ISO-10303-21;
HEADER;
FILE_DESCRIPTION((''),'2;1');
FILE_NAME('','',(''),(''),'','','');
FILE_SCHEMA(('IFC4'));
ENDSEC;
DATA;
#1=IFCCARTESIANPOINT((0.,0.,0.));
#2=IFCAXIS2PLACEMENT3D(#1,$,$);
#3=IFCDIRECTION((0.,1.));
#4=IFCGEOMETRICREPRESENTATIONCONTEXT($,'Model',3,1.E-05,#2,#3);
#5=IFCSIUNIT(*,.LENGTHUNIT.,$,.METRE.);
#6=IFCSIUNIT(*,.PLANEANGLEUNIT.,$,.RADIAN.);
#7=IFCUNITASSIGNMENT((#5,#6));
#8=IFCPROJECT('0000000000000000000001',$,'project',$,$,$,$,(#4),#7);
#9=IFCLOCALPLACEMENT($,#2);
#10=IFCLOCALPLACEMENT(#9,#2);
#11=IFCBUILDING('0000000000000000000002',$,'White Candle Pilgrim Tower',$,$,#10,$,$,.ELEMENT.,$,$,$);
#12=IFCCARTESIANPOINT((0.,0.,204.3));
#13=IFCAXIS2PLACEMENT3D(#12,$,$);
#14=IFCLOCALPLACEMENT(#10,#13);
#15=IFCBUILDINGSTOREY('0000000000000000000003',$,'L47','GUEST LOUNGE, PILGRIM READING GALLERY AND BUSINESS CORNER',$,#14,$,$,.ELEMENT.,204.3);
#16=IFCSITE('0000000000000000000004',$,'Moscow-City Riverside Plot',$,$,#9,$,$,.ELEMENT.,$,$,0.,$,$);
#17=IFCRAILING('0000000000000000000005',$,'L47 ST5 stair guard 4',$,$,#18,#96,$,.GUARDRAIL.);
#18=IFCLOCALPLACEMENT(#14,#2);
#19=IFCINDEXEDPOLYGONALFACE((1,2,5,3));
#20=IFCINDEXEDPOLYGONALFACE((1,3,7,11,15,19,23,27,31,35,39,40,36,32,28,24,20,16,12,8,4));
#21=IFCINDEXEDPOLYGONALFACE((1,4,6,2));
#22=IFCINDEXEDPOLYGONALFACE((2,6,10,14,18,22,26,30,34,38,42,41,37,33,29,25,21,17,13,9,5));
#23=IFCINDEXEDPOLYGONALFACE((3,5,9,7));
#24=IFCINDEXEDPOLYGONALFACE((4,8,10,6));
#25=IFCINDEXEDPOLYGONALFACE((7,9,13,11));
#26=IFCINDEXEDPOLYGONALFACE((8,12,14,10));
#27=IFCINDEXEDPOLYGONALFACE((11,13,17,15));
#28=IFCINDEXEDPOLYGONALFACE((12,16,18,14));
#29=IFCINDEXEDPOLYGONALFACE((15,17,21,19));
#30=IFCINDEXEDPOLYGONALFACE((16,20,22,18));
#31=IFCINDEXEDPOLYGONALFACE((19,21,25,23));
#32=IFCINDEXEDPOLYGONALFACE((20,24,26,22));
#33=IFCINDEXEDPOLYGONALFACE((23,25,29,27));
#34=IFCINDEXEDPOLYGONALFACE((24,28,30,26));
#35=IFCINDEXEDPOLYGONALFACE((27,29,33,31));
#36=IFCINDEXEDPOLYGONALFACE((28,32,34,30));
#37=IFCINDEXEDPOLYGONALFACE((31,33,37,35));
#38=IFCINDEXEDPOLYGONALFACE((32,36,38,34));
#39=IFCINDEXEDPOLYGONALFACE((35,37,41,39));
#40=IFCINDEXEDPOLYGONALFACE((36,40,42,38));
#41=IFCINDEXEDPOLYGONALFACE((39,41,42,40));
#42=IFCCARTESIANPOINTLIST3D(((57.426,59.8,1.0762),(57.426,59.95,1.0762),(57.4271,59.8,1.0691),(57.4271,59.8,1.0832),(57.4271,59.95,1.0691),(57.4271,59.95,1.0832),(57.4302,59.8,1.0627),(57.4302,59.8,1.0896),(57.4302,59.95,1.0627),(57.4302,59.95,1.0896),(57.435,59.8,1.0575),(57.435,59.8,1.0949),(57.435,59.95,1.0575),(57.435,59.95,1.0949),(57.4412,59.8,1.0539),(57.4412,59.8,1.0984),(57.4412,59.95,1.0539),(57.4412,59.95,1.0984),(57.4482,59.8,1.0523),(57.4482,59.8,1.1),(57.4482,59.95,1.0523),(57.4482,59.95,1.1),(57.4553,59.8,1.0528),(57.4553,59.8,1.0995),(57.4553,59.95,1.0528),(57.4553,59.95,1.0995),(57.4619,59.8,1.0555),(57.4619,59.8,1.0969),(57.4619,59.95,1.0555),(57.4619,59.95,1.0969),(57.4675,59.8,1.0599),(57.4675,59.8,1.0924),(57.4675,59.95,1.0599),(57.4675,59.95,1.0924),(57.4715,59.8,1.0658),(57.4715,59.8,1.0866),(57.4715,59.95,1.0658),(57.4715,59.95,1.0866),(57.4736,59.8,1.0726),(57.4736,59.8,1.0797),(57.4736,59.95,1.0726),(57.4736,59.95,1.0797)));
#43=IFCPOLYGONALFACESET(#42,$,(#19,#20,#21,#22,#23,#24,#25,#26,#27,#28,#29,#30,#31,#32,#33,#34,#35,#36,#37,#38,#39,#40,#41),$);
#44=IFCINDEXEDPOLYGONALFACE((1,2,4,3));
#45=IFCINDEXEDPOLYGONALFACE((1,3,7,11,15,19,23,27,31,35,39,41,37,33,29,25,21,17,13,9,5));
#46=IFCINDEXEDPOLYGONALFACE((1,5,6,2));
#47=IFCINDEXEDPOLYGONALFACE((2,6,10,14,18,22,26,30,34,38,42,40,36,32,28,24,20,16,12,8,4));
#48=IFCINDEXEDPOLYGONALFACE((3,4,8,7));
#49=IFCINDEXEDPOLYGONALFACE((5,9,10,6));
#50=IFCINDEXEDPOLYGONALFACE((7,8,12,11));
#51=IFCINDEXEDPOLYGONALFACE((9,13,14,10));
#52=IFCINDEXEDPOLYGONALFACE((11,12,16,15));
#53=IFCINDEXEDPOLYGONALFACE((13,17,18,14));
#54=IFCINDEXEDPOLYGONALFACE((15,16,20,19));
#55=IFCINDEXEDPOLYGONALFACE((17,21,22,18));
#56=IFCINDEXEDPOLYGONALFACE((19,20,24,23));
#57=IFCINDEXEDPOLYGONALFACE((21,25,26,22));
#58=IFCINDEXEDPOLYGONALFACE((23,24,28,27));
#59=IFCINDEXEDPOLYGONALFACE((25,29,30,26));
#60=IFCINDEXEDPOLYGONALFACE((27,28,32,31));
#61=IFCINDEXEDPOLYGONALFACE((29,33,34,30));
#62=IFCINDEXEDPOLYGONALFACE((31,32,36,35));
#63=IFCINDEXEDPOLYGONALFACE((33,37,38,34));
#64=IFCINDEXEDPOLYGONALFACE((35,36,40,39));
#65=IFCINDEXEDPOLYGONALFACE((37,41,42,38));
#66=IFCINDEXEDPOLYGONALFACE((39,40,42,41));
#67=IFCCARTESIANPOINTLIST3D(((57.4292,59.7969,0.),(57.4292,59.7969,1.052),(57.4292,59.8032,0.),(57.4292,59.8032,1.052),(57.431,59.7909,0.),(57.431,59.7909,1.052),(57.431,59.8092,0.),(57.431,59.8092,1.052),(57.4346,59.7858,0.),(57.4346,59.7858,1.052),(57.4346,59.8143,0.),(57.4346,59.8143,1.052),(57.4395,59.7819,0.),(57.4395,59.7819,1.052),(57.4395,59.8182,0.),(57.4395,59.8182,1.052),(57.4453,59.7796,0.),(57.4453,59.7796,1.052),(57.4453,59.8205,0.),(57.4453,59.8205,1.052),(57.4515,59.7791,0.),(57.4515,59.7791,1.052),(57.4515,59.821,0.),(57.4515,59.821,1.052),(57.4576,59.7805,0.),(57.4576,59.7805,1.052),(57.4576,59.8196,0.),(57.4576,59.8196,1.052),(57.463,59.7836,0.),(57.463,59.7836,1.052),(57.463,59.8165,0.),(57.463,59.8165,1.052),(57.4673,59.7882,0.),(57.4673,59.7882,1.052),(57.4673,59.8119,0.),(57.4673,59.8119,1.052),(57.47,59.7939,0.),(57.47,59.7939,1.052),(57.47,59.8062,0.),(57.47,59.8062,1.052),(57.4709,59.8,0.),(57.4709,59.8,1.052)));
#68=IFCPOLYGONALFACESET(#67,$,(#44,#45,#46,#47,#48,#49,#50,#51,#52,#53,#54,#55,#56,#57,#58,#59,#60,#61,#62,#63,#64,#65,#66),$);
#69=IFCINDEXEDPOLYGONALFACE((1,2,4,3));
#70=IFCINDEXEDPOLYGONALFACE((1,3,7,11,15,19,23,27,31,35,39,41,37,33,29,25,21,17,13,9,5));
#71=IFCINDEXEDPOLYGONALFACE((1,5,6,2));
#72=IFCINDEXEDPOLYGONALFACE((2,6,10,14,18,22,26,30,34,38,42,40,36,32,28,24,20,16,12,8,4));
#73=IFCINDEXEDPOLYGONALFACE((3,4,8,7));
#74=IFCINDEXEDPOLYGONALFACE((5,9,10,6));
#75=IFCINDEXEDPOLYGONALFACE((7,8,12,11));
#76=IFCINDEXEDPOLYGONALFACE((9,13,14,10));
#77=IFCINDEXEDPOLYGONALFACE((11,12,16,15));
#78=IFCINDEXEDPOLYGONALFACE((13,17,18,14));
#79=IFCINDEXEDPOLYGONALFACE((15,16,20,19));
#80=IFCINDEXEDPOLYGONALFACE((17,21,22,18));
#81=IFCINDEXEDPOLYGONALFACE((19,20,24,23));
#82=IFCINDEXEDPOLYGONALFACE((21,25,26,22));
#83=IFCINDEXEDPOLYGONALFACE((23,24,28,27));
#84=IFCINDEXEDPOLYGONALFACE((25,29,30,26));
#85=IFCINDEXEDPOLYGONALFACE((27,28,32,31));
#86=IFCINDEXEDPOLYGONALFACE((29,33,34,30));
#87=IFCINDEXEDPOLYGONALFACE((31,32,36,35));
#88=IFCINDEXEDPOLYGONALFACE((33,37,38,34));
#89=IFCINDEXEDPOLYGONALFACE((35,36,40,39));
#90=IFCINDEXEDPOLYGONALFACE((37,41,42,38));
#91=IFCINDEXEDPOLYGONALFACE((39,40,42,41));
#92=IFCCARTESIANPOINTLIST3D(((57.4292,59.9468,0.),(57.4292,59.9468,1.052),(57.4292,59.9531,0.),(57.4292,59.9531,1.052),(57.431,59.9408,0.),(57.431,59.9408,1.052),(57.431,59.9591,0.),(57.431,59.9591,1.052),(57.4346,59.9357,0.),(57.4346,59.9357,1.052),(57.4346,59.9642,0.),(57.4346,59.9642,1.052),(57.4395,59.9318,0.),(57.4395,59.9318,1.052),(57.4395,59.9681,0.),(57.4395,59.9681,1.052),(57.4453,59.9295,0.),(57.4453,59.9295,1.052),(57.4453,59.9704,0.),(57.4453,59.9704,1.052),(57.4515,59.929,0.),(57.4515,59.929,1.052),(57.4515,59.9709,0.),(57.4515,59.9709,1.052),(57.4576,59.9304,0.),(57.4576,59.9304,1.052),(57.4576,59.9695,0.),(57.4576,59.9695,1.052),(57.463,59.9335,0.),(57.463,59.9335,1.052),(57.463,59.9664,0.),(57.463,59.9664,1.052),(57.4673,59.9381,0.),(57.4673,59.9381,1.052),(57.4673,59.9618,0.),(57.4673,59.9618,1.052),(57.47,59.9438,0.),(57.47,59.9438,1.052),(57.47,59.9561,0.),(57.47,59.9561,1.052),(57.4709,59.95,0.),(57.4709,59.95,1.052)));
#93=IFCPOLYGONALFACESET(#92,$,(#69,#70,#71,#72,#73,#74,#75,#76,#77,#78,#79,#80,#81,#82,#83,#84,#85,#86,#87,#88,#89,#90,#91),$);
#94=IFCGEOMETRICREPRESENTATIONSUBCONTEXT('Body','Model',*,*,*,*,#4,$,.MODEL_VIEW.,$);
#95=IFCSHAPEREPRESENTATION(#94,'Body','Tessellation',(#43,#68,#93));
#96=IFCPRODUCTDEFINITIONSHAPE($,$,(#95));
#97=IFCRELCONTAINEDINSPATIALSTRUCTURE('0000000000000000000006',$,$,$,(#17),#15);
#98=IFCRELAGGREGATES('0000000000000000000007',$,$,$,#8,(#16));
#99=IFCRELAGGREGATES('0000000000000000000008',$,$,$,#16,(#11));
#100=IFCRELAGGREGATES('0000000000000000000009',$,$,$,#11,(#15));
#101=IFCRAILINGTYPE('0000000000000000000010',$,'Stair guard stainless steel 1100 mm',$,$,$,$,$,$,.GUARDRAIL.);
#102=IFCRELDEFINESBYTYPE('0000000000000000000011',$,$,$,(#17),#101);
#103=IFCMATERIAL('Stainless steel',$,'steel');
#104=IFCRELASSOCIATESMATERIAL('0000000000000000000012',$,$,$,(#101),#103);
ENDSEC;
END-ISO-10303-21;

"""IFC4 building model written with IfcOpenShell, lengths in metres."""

from ifc_helpers import new_model, si_unit, direction, frame, origin, origin_2d, place, context, subcontext, project, spatial, circle, extrude, material, type_object, element, save


model = new_model("IFC4")

# Units and contexts
model_context = context("Model", 3, precision=1e-05, world=origin(), true_north=direction((0.0, 1.0)))
body_context = subcontext(model_context, "Body", "Model", "MODEL_VIEW")
ifc_project = project(units=[si_unit("LENGTHUNIT", "METRE"), si_unit("PLANEANGLEUNIT", "RADIAN")], contexts=[model_context])

# Site, building, storey
site_placement = place(None, origin())
site = spatial("IfcSite", under=ifc_project, at=site_placement, Name="Moscow-City Riverside Plot", CompositionType="ELEMENT", RefElevation=0.0)
building_placement = place(site_placement, origin())
building = spatial("IfcBuilding", under=site, at=building_placement, Name="White Candle Pilgrim Tower", CompositionType="ELEMENT")
storey_placement = place(building_placement, frame((0.0, 0.0, 204.3)))
storey = spatial("IfcBuildingStorey", under=building, at=storey_placement, Name="L47", Description="GUEST LOUNGE, PILGRIM READING GALLERY AND BUSINESS CORNER", CompositionType="ELEMENT", Elevation=204.3)

# Railing
ifc_material_1 = material(Name="Stainless steel", Category="steel")
railing_type_1 = type_object("IfcRailingType", Name="Stair guard stainless steel 1100 mm", PredefinedType="GUARDRAIL", material=ifc_material_1)
railing_1_placement = place(storey_placement, frame((57.45, 59.8, 0.0)))
element("IfcRailing", 1, at=railing_1_placement, inside=storey, type_object=railing_type_1, Name="L47 ST5 stair guard 4", PredefinedType="GUARDRAIL", context=body_context, shape_type="SweptSolid", body=[
    extrude(circle(Radius=0.0239, at=origin_2d()), frame((0.0, 0.0, 1.0762), z_axis=(0.0, 1.0, 0.0), x_axis=(-1.0, 0.0, 0.0)), (0.0, 0.0, 1.0), 0.1499),
    extrude(circle(Radius=0.021, at=origin_2d()), origin(), (0.0, 0.0, 1.0), 1.052),
    extrude(circle(Radius=0.021, at=origin_2d()), frame((0.0, 0.1499, 0.0)), (0.0, 0.0, 1.0), 1.052),
])

save(model, "model.ifc")
